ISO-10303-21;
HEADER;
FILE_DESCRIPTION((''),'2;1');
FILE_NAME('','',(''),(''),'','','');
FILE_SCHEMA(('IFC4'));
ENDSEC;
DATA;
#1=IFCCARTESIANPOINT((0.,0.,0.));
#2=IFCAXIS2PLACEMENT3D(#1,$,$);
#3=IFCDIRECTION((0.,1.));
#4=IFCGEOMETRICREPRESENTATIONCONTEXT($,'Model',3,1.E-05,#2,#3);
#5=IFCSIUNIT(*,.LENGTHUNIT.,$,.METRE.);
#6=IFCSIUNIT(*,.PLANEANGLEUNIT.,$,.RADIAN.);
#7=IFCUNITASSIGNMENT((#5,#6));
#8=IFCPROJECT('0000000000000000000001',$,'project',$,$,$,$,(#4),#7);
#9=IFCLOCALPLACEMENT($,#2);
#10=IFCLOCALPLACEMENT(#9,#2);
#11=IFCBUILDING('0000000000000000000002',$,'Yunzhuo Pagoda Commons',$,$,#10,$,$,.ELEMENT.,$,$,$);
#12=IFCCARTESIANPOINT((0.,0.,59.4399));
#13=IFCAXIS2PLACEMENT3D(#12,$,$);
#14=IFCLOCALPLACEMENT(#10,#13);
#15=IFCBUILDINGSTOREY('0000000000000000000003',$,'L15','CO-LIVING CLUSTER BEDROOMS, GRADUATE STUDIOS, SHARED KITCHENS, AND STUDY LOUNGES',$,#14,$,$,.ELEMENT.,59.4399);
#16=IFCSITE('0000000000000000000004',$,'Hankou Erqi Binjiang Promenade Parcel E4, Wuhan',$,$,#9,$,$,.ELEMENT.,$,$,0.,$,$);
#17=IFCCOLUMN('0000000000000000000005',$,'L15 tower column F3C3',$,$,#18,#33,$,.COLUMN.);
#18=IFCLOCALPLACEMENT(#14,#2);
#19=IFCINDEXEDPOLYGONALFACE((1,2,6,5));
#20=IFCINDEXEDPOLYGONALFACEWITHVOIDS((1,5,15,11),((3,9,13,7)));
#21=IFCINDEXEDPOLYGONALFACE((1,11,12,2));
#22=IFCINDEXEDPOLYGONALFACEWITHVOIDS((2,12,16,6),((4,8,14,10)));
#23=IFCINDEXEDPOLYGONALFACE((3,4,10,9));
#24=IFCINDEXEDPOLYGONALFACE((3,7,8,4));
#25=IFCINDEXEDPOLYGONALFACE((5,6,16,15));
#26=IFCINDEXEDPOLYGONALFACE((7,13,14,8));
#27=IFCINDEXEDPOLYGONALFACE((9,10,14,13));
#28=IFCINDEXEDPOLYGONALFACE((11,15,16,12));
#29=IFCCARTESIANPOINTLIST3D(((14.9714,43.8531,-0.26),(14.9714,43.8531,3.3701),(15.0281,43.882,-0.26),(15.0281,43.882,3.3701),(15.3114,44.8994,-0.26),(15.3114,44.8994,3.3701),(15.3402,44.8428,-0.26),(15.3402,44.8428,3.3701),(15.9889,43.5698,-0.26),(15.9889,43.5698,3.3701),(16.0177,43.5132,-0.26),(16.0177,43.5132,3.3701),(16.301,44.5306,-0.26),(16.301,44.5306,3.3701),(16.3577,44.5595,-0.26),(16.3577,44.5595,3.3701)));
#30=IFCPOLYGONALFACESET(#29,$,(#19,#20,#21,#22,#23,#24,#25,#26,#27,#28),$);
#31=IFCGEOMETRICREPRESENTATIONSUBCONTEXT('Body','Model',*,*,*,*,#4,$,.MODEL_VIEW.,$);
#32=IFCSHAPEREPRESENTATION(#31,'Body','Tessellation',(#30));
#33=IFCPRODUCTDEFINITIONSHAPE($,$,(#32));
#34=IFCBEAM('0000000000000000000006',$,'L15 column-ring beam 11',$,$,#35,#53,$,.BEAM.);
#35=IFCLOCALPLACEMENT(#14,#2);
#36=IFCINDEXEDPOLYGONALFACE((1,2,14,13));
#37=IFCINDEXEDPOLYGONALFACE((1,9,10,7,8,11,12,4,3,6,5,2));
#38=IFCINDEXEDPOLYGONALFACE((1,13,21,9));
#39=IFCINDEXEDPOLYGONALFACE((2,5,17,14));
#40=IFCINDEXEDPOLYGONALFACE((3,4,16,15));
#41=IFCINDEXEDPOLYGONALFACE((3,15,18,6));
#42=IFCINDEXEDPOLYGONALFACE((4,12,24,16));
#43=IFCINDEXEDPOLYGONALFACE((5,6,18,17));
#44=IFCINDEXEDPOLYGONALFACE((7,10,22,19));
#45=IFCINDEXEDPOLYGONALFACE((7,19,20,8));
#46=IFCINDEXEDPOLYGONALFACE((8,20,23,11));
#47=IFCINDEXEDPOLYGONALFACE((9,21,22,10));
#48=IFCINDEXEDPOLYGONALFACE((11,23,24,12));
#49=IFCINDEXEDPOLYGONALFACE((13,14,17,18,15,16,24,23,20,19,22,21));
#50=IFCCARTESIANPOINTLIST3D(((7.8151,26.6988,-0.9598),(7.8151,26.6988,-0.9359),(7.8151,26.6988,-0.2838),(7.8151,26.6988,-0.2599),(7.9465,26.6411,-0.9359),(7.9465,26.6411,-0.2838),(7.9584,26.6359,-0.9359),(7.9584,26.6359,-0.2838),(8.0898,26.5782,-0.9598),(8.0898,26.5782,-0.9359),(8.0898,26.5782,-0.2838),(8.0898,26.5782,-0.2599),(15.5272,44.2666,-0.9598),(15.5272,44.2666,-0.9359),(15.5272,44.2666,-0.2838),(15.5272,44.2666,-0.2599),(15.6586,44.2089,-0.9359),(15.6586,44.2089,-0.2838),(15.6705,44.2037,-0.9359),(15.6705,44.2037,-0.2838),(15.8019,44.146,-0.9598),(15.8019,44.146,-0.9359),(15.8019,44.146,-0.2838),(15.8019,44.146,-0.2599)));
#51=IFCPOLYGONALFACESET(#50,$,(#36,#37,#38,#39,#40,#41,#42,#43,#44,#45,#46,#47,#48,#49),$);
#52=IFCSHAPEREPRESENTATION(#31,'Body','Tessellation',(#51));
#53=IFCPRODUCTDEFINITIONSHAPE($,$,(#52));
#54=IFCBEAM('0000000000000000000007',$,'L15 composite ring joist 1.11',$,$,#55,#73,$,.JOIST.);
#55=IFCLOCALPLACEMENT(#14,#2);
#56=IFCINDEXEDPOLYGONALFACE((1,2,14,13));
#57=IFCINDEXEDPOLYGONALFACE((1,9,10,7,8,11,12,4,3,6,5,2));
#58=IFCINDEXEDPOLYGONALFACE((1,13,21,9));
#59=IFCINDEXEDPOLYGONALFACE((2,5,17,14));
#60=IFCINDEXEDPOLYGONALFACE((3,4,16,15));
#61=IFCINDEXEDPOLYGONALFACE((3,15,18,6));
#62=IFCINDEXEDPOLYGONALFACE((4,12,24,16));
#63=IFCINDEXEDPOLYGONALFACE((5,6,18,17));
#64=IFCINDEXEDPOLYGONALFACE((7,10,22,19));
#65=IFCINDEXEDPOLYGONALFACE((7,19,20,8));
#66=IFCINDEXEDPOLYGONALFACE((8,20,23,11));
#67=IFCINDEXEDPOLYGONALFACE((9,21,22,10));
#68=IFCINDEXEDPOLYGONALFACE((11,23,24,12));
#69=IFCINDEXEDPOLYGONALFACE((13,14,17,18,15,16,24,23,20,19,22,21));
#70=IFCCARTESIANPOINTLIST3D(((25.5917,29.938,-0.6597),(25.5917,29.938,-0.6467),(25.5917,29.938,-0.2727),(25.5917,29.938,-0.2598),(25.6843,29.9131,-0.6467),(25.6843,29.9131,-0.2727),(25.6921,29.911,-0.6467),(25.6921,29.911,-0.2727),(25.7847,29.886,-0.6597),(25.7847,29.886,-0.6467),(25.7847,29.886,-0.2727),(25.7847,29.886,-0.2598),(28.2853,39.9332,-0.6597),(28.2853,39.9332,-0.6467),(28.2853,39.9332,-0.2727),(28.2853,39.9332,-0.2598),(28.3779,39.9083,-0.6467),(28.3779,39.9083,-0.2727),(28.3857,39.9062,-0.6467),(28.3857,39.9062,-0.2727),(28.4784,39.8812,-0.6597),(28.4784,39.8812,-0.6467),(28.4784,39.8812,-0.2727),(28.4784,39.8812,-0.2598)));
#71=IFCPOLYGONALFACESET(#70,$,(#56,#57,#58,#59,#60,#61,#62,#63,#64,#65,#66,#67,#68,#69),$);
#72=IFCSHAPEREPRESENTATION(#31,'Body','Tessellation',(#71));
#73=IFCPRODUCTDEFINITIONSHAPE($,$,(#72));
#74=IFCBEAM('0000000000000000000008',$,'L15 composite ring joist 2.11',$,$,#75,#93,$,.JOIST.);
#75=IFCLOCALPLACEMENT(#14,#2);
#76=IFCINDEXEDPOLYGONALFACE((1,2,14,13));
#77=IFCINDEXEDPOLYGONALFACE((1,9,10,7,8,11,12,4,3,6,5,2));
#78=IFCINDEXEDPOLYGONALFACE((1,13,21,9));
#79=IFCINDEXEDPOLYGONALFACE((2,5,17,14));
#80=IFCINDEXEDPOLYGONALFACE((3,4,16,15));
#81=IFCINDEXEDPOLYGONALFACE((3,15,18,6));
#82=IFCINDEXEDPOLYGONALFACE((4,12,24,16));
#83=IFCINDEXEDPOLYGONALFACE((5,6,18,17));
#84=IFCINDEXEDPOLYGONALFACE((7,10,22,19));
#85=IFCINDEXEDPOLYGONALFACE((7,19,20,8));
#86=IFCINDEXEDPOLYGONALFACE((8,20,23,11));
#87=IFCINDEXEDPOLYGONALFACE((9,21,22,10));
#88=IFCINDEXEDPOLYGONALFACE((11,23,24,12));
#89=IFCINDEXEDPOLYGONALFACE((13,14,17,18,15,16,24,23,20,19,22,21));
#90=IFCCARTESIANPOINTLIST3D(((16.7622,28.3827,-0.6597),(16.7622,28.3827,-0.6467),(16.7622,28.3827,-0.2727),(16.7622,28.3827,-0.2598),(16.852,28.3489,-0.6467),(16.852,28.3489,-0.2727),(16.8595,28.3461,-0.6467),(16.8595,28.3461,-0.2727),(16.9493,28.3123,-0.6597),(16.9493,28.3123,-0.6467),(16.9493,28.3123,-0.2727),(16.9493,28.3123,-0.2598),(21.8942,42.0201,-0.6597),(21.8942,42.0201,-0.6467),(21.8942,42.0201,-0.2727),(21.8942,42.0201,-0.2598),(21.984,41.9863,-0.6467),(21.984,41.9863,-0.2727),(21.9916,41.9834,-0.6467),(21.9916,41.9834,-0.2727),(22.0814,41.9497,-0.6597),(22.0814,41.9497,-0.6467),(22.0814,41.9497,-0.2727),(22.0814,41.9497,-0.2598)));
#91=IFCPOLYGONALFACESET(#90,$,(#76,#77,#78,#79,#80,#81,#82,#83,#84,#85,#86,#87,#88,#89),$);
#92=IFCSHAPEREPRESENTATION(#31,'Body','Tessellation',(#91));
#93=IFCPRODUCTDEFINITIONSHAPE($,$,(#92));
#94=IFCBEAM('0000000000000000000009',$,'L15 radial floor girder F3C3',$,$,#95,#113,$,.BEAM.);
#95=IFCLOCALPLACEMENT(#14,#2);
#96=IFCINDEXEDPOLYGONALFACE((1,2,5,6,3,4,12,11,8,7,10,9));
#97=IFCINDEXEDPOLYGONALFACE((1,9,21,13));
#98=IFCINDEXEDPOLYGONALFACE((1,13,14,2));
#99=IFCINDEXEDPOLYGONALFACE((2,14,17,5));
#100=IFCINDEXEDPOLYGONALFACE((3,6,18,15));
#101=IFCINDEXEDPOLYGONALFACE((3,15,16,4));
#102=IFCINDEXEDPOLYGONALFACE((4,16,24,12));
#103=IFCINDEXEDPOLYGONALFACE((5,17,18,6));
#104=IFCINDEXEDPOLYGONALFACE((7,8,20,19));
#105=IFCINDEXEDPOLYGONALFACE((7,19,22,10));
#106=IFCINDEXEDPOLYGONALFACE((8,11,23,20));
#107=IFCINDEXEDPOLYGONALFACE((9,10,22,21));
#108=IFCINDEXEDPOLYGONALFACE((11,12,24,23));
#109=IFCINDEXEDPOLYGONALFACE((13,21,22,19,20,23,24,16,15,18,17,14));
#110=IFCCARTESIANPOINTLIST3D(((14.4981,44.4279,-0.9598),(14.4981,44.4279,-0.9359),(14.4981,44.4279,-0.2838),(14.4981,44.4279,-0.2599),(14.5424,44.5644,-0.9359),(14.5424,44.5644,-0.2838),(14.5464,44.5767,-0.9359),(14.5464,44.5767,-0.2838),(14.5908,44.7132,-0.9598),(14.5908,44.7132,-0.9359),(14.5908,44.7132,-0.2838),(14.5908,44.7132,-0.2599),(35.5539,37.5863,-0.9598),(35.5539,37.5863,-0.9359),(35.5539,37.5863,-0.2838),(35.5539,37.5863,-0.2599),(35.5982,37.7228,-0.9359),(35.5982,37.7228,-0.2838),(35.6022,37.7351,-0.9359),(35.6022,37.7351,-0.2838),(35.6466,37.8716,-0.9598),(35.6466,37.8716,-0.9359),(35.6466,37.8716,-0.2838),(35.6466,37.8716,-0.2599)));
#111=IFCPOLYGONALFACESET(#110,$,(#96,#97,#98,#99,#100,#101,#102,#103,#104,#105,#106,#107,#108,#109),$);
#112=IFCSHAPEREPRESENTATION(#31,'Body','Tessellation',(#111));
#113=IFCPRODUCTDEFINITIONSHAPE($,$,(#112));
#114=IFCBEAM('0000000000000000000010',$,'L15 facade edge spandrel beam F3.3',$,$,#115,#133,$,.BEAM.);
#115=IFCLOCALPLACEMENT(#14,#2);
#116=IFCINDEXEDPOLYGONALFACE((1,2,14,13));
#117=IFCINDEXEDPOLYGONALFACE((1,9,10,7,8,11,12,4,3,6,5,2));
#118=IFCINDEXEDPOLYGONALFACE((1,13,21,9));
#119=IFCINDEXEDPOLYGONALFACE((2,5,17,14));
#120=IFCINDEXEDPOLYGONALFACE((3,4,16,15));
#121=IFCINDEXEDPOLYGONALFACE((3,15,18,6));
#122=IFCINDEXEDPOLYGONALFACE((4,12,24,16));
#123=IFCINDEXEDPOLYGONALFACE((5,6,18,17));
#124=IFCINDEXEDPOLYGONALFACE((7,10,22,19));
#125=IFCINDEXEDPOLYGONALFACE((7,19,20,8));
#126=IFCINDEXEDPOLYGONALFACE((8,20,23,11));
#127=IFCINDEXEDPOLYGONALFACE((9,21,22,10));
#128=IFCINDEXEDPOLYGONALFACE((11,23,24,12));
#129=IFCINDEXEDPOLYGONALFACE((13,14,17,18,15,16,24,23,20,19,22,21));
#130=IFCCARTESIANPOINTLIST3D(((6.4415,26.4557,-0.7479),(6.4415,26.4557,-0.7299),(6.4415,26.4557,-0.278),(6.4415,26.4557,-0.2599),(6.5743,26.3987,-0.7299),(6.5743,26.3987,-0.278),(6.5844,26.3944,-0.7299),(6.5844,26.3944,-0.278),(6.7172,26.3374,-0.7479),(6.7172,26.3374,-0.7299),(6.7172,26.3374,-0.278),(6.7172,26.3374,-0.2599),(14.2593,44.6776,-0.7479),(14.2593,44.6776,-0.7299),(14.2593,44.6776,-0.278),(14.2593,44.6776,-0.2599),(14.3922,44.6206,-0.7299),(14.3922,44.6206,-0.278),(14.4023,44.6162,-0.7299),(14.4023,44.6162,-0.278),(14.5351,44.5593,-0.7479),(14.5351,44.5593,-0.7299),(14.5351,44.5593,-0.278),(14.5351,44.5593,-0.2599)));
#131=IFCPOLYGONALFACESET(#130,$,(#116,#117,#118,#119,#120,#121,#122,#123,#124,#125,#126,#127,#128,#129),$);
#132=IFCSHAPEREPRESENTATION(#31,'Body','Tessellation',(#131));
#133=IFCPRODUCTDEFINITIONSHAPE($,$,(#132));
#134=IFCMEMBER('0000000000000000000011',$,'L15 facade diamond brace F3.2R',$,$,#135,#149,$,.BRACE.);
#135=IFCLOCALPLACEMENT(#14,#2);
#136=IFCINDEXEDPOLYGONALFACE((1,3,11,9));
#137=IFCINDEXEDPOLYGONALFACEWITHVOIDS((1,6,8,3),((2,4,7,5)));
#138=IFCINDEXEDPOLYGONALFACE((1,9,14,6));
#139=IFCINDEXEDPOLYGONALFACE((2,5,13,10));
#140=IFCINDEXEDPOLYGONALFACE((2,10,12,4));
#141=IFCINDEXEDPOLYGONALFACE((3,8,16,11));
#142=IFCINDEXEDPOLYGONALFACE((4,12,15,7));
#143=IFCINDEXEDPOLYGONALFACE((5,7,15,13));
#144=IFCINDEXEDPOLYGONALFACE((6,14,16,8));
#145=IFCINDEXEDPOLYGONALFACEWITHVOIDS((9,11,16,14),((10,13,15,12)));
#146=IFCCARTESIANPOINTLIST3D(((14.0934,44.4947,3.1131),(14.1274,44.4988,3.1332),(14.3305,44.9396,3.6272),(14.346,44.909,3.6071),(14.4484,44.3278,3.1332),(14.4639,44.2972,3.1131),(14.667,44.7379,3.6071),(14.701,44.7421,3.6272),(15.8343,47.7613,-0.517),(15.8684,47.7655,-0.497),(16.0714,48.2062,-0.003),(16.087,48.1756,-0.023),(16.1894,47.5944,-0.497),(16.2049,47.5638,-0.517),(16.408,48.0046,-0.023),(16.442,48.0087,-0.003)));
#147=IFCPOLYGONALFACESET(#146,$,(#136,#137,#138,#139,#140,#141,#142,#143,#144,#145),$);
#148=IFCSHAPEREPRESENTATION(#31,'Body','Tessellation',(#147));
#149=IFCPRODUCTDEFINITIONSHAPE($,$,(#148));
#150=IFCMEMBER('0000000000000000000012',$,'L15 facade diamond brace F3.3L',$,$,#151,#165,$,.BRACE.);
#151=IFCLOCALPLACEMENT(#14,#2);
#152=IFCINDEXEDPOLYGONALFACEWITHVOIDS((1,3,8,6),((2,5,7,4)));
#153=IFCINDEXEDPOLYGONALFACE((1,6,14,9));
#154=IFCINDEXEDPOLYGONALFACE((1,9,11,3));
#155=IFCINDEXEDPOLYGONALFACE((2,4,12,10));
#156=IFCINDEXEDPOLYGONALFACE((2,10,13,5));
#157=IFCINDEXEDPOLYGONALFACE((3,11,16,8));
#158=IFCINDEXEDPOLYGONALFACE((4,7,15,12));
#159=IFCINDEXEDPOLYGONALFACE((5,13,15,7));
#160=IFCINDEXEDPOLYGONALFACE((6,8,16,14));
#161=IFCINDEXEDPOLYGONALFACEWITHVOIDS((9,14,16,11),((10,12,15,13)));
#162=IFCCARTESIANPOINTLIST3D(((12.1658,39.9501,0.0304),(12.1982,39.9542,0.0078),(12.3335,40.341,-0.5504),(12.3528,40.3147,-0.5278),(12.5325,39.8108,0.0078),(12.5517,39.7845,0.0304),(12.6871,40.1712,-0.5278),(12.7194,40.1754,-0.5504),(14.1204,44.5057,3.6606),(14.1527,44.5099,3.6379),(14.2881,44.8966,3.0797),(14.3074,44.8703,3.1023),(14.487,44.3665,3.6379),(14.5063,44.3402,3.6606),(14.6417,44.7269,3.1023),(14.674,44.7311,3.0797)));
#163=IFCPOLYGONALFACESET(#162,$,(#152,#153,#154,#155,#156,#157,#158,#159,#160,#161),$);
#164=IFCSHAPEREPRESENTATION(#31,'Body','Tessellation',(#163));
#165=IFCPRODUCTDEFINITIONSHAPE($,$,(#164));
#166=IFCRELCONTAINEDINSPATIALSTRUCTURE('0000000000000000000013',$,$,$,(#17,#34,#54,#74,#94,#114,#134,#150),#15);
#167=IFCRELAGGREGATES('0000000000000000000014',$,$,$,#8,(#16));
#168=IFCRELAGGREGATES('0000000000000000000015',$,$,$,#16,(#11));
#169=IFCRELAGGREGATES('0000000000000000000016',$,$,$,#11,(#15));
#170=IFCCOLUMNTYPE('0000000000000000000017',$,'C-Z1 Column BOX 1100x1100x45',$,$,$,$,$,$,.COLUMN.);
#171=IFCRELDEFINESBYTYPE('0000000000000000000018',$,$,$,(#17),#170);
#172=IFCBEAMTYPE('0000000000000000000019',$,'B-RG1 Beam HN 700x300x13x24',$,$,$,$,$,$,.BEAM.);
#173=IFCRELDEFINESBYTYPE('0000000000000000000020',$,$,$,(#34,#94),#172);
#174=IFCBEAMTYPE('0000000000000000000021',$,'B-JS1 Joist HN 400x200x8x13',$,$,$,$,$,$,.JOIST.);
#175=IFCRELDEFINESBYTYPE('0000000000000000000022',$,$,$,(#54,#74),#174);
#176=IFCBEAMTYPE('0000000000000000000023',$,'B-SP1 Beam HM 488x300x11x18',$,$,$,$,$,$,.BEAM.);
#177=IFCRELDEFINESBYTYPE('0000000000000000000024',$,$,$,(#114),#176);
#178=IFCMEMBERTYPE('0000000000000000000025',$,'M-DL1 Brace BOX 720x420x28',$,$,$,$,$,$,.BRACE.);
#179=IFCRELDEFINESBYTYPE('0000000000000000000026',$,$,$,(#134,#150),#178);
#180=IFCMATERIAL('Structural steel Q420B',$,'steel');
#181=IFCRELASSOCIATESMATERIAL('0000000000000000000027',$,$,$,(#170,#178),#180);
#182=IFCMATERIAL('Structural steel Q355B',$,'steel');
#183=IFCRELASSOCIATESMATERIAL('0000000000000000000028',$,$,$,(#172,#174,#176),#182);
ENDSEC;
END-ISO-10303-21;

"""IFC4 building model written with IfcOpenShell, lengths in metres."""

from ifc_helpers import new_model, si_unit, direction, frame, origin, origin_2d, place, context, subcontext, project, spatial, hollow_rectangle, i_section, extrude, source, transform, mapped, material, material_profile, profile_set, type_object, element, save


model = new_model("IFC4")

# Units and contexts
model_context = context("Model", 3, precision=1e-05, world=origin(), true_north=direction((0.0, 1.0)))
body_context = subcontext(model_context, "Body", "Model", "MODEL_VIEW")
ifc_project = project(units=[si_unit("LENGTHUNIT", "METRE"), si_unit("PLANEANGLEUNIT", "RADIAN")], contexts=[model_context])

# Site, building, storey
site_placement = place(None, origin())
site = spatial("IfcSite", under=ifc_project, at=site_placement, Name="Hankou Erqi Binjiang Promenade Parcel E4, Wuhan", CompositionType="ELEMENT", RefElevation=0.0)
building_placement = place(site_placement, origin())
building = spatial("IfcBuilding", under=site, at=building_placement, Name="Yunzhuo Pagoda Commons", CompositionType="ELEMENT")
storey_placement = place(building_placement, frame((0.0, 0.0, 59.4399)))
storey = spatial("IfcBuildingStorey", under=building, at=storey_placement, Name="L15", Description="CO-LIVING CLUSTER BEDROOMS, GRADUATE STUDIOS, SHARED KITCHENS, AND STUDY LOUNGES", CompositionType="ELEMENT", Elevation=59.4399)

# Column
ifc_material_1 = material(Name="Structural steel Q420B", Category="steel")
ifc_material_profile_1 = material_profile(ifc_material_1, hollow_rectangle(XDim=1.1001, YDim=1.1001, WallThickness=0.0449, at=origin_2d()), Name="Structural steel Q420B")
ifc_profile_set_1 = profile_set([ifc_material_profile_1], Name="Structural steel Q420B")
column_type = type_object("IfcColumnType", Name="C-Z1 Column BOX 1100x1100x45", PredefinedType="COLUMN", material=ifc_profile_set_1)
shared_shape_1 = source(origin(), body_context, "Body", "SweptSolid", [
    extrude(hollow_rectangle(XDim=1.1001, YDim=1.1001, WallThickness=0.0449, at=origin_2d()), origin(), (0.0, 0.0, 1.0), 3.6301),
])
column_placement = place(storey_placement, frame((15.6646, 44.2063, -0.26), z_axis=(0.0, 0.0, 1.0), x_axis=(-0.309017, -0.951057, 0.0)))
element("IfcColumn", 1, at=column_placement, inside=storey, type_object=column_type, Name="L15 tower column F3C3", PredefinedType="COLUMN", context=body_context, shape_type="MappedRepresentation", body=[
    mapped(shared_shape_1, transform((0.0, 0.0, 0.0), scale=1.0)),
])

# Beams
ifc_material_2 = material(Name="Structural steel Q355B", Category="steel")
ifc_material_profile_2 = material_profile(ifc_material_2, i_section(OverallWidth=0.3, OverallDepth=0.7, WebThickness=0.0129, FlangeThickness=0.0239, at=origin_2d()), Name="Structural steel Q355B")
ifc_profile_set_2 = profile_set([ifc_material_profile_2], Name="Structural steel Q355B")
beam_type_1 = type_object("IfcBeamType", Name="B-RG1 Beam HN 700x300x13x24", PredefinedType="BEAM", material=ifc_profile_set_2)
shared_shape_2 = source(origin(), body_context, "Body", "SweptSolid", [
    extrude(i_section(OverallWidth=0.3, OverallDepth=0.7, WebThickness=0.0129, FlangeThickness=0.0239, at=origin_2d()), origin(), (0.0, 0.0, 1.0), 19.186),
])
beam_1_placement = place(storey_placement, frame((15.6646, 44.2063, -0.6099), z_axis=(-0.401965, -0.915655, 0.0), x_axis=(0.915655, -0.401965, 0.0)))
element("IfcBeam", 2, at=beam_1_placement, inside=storey, type_object=beam_type_1, Name="L15 column-ring beam 11", PredefinedType="BEAM", context=body_context, shape_type="MappedRepresentation", body=[
    mapped(shared_shape_2, transform((0.0, 0.0, 0.0), scale=1.0)),
])
ifc_material_profile_3 = material_profile(ifc_material_2, i_section(OverallWidth=0.2, OverallDepth=0.3999, WebThickness=0.0081, FlangeThickness=0.0129, at=origin_2d()), Name="Structural steel Q355B")
ifc_profile_set_3 = profile_set([ifc_material_profile_3], Name="Structural steel Q355B")
beam_type_2 = type_object("IfcBeamType", Name="B-JS1 Joist HN 400x200x8x13", PredefinedType="JOIST", material=ifc_profile_set_3)
shared_shape_3 = source(origin(), body_context, "Body", "SweptSolid", [
    extrude(i_section(OverallWidth=0.2, OverallDepth=0.3999, WebThickness=0.0081, FlangeThickness=0.0129, at=origin_2d()), origin(), (0.0, 0.0, 1.0), 10.3518),
])
beam_2_placement = place(storey_placement, frame((28.3818, 39.9072, -0.4597), z_axis=(-0.260209, -0.965552, 0.0), x_axis=(0.965552, -0.260209, 0.0)))
element("IfcBeam", 3, at=beam_2_placement, inside=storey, type_object=beam_type_2, Name="L15 composite ring joist 1.11", PredefinedType="JOIST", context=body_context, shape_type="MappedRepresentation", body=[
    mapped(shared_shape_3, transform((0.0, 0.0, 0.0), scale=1.0)),
])
shared_shape_4 = source(origin(), body_context, "Body", "SweptSolid", [
    extrude(i_section(OverallWidth=0.2, OverallDepth=0.3999, WebThickness=0.0081, FlangeThickness=0.0129, at=origin_2d()), origin(), (0.0, 0.0, 1.0), 14.571),
])
beam_3_placement = place(storey_placement, frame((21.9878, 41.9849, -0.4597), z_axis=(-0.352208, -0.935922, 0.0), x_axis=(0.935922, -0.352208, 0.0)))
element("IfcBeam", 4, at=beam_3_placement, inside=storey, type_object=beam_type_2, Name="L15 composite ring joist 2.11", PredefinedType="JOIST", context=body_context, shape_type="MappedRepresentation", body=[
    mapped(shared_shape_4, transform((0.0, 0.0, 0.0), scale=1.0)),
])
shared_shape_5 = source(origin(), body_context, "Body", "SweptSolid", [
    extrude(i_section(OverallWidth=0.3, OverallDepth=0.7, WebThickness=0.0129, FlangeThickness=0.0239, at=origin_2d()), origin(), (0.0, 0.0, 1.0), 22.1394),
])
beam_4_placement = place(storey_placement, frame((14.5444, 44.5706, -0.6099), z_axis=(0.951054, -0.309023, 0.0), x_axis=(0.309023, 0.951054, 0.0)))
element("IfcBeam", 5, at=beam_4_placement, inside=storey, type_object=beam_type_1, Name="L15 radial floor girder F3C3", PredefinedType="BEAM", context=body_context, shape_type="MappedRepresentation", body=[
    mapped(shared_shape_5, transform((0.0, 0.0, 0.0), scale=1.0)),
])
ifc_material_profile_4 = material_profile(ifc_material_2, i_section(OverallWidth=0.3, OverallDepth=0.488, WebThickness=0.011, FlangeThickness=0.0181, at=origin_2d()), Name="Structural steel Q355B")
ifc_profile_set_4 = profile_set([ifc_material_profile_4], Name="Structural steel Q355B")
beam_type_3 = type_object("IfcBeamType", Name="B-SP1 Beam HM 488x300x11x18", PredefinedType="BEAM", material=ifc_profile_set_4)
shared_shape_6 = source(origin(), body_context, "Body", "SweptSolid", [
    extrude(i_section(OverallWidth=0.3, OverallDepth=0.488, WebThickness=0.011, FlangeThickness=0.0181, at=origin_2d()), origin(), (0.0, 0.0, 1.0), 19.8281),
])
beam_5_placement = place(storey_placement, frame((14.3972, 44.6184, -0.5039), z_axis=(-0.39428, -0.91899, 0.0), x_axis=(0.91899, -0.39428, 0.0)))
element("IfcBeam", 6, at=beam_5_placement, inside=storey, type_object=beam_type_3, Name="L15 facade edge spandrel beam F3.3", PredefinedType="BEAM", context=body_context, shape_type="MappedRepresentation", body=[
    mapped(shared_shape_6, transform((0.0, 0.0, 0.0), scale=1.0)),
])

# Members
ifc_material_profile_5 = material_profile(ifc_material_1, hollow_rectangle(XDim=0.4199, YDim=0.72, WallThickness=0.0281, at=origin_2d()), Name="Structural steel Q420B")
ifc_profile_set_5 = profile_set([ifc_material_profile_5], Name="Structural steel Q420B")
member_type_1 = type_object("IfcMemberType", Name="M-DL1 Brace BOX 720x420x28", PredefinedType="BRACE", material=ifc_profile_set_5)
shared_shape_7 = source(origin(), body_context, "Body", "SweptSolid", [
    extrude(hollow_rectangle(XDim=0.4199, YDim=0.72, WallThickness=0.0281, at=origin_2d()), origin(), (0.0, 0.0, 1.0), 5.1846),
])
member_1_placement = place(storey_placement, frame((16.1382, 47.885, -0.26), z_axis=(-0.3358, -0.630066, 0.700183), x_axis=(0.88249, -0.470331, 0.0)))
element("IfcMember", 7, at=member_1_placement, inside=storey, type_object=member_type_1, Name="L15 facade diamond brace F3.2R", PredefinedType="BRACE", context=body_context, shape_type="MappedRepresentation", body=[
    mapped(shared_shape_7, transform((0.0, 0.0, 0.0), scale=1.0)),
])
shared_shape_8 = source(origin(), body_context, "Body", "SweptSolid", [
    extrude(hollow_rectangle(XDim=0.4199, YDim=0.72, WallThickness=0.0281, at=origin_2d()), origin(), (0.0, 0.0, 1.0), 6.1443),
])
member_2_placement = place(storey_placement, frame((12.4426, 40.0627, -0.26), z_axis=(0.318115, 0.741447, 0.590813), x_axis=(-0.918987, 0.394288, 0.0)))
element("IfcMember", 8, at=member_2_placement, inside=storey, type_object=member_type_1, Name="L15 facade diamond brace F3.3L", PredefinedType="BRACE", context=body_context, shape_type="MappedRepresentation", body=[
    mapped(shared_shape_8, transform((0.0, 0.0, 0.0), scale=1.0)),
])

save(model, "model.ifc")
